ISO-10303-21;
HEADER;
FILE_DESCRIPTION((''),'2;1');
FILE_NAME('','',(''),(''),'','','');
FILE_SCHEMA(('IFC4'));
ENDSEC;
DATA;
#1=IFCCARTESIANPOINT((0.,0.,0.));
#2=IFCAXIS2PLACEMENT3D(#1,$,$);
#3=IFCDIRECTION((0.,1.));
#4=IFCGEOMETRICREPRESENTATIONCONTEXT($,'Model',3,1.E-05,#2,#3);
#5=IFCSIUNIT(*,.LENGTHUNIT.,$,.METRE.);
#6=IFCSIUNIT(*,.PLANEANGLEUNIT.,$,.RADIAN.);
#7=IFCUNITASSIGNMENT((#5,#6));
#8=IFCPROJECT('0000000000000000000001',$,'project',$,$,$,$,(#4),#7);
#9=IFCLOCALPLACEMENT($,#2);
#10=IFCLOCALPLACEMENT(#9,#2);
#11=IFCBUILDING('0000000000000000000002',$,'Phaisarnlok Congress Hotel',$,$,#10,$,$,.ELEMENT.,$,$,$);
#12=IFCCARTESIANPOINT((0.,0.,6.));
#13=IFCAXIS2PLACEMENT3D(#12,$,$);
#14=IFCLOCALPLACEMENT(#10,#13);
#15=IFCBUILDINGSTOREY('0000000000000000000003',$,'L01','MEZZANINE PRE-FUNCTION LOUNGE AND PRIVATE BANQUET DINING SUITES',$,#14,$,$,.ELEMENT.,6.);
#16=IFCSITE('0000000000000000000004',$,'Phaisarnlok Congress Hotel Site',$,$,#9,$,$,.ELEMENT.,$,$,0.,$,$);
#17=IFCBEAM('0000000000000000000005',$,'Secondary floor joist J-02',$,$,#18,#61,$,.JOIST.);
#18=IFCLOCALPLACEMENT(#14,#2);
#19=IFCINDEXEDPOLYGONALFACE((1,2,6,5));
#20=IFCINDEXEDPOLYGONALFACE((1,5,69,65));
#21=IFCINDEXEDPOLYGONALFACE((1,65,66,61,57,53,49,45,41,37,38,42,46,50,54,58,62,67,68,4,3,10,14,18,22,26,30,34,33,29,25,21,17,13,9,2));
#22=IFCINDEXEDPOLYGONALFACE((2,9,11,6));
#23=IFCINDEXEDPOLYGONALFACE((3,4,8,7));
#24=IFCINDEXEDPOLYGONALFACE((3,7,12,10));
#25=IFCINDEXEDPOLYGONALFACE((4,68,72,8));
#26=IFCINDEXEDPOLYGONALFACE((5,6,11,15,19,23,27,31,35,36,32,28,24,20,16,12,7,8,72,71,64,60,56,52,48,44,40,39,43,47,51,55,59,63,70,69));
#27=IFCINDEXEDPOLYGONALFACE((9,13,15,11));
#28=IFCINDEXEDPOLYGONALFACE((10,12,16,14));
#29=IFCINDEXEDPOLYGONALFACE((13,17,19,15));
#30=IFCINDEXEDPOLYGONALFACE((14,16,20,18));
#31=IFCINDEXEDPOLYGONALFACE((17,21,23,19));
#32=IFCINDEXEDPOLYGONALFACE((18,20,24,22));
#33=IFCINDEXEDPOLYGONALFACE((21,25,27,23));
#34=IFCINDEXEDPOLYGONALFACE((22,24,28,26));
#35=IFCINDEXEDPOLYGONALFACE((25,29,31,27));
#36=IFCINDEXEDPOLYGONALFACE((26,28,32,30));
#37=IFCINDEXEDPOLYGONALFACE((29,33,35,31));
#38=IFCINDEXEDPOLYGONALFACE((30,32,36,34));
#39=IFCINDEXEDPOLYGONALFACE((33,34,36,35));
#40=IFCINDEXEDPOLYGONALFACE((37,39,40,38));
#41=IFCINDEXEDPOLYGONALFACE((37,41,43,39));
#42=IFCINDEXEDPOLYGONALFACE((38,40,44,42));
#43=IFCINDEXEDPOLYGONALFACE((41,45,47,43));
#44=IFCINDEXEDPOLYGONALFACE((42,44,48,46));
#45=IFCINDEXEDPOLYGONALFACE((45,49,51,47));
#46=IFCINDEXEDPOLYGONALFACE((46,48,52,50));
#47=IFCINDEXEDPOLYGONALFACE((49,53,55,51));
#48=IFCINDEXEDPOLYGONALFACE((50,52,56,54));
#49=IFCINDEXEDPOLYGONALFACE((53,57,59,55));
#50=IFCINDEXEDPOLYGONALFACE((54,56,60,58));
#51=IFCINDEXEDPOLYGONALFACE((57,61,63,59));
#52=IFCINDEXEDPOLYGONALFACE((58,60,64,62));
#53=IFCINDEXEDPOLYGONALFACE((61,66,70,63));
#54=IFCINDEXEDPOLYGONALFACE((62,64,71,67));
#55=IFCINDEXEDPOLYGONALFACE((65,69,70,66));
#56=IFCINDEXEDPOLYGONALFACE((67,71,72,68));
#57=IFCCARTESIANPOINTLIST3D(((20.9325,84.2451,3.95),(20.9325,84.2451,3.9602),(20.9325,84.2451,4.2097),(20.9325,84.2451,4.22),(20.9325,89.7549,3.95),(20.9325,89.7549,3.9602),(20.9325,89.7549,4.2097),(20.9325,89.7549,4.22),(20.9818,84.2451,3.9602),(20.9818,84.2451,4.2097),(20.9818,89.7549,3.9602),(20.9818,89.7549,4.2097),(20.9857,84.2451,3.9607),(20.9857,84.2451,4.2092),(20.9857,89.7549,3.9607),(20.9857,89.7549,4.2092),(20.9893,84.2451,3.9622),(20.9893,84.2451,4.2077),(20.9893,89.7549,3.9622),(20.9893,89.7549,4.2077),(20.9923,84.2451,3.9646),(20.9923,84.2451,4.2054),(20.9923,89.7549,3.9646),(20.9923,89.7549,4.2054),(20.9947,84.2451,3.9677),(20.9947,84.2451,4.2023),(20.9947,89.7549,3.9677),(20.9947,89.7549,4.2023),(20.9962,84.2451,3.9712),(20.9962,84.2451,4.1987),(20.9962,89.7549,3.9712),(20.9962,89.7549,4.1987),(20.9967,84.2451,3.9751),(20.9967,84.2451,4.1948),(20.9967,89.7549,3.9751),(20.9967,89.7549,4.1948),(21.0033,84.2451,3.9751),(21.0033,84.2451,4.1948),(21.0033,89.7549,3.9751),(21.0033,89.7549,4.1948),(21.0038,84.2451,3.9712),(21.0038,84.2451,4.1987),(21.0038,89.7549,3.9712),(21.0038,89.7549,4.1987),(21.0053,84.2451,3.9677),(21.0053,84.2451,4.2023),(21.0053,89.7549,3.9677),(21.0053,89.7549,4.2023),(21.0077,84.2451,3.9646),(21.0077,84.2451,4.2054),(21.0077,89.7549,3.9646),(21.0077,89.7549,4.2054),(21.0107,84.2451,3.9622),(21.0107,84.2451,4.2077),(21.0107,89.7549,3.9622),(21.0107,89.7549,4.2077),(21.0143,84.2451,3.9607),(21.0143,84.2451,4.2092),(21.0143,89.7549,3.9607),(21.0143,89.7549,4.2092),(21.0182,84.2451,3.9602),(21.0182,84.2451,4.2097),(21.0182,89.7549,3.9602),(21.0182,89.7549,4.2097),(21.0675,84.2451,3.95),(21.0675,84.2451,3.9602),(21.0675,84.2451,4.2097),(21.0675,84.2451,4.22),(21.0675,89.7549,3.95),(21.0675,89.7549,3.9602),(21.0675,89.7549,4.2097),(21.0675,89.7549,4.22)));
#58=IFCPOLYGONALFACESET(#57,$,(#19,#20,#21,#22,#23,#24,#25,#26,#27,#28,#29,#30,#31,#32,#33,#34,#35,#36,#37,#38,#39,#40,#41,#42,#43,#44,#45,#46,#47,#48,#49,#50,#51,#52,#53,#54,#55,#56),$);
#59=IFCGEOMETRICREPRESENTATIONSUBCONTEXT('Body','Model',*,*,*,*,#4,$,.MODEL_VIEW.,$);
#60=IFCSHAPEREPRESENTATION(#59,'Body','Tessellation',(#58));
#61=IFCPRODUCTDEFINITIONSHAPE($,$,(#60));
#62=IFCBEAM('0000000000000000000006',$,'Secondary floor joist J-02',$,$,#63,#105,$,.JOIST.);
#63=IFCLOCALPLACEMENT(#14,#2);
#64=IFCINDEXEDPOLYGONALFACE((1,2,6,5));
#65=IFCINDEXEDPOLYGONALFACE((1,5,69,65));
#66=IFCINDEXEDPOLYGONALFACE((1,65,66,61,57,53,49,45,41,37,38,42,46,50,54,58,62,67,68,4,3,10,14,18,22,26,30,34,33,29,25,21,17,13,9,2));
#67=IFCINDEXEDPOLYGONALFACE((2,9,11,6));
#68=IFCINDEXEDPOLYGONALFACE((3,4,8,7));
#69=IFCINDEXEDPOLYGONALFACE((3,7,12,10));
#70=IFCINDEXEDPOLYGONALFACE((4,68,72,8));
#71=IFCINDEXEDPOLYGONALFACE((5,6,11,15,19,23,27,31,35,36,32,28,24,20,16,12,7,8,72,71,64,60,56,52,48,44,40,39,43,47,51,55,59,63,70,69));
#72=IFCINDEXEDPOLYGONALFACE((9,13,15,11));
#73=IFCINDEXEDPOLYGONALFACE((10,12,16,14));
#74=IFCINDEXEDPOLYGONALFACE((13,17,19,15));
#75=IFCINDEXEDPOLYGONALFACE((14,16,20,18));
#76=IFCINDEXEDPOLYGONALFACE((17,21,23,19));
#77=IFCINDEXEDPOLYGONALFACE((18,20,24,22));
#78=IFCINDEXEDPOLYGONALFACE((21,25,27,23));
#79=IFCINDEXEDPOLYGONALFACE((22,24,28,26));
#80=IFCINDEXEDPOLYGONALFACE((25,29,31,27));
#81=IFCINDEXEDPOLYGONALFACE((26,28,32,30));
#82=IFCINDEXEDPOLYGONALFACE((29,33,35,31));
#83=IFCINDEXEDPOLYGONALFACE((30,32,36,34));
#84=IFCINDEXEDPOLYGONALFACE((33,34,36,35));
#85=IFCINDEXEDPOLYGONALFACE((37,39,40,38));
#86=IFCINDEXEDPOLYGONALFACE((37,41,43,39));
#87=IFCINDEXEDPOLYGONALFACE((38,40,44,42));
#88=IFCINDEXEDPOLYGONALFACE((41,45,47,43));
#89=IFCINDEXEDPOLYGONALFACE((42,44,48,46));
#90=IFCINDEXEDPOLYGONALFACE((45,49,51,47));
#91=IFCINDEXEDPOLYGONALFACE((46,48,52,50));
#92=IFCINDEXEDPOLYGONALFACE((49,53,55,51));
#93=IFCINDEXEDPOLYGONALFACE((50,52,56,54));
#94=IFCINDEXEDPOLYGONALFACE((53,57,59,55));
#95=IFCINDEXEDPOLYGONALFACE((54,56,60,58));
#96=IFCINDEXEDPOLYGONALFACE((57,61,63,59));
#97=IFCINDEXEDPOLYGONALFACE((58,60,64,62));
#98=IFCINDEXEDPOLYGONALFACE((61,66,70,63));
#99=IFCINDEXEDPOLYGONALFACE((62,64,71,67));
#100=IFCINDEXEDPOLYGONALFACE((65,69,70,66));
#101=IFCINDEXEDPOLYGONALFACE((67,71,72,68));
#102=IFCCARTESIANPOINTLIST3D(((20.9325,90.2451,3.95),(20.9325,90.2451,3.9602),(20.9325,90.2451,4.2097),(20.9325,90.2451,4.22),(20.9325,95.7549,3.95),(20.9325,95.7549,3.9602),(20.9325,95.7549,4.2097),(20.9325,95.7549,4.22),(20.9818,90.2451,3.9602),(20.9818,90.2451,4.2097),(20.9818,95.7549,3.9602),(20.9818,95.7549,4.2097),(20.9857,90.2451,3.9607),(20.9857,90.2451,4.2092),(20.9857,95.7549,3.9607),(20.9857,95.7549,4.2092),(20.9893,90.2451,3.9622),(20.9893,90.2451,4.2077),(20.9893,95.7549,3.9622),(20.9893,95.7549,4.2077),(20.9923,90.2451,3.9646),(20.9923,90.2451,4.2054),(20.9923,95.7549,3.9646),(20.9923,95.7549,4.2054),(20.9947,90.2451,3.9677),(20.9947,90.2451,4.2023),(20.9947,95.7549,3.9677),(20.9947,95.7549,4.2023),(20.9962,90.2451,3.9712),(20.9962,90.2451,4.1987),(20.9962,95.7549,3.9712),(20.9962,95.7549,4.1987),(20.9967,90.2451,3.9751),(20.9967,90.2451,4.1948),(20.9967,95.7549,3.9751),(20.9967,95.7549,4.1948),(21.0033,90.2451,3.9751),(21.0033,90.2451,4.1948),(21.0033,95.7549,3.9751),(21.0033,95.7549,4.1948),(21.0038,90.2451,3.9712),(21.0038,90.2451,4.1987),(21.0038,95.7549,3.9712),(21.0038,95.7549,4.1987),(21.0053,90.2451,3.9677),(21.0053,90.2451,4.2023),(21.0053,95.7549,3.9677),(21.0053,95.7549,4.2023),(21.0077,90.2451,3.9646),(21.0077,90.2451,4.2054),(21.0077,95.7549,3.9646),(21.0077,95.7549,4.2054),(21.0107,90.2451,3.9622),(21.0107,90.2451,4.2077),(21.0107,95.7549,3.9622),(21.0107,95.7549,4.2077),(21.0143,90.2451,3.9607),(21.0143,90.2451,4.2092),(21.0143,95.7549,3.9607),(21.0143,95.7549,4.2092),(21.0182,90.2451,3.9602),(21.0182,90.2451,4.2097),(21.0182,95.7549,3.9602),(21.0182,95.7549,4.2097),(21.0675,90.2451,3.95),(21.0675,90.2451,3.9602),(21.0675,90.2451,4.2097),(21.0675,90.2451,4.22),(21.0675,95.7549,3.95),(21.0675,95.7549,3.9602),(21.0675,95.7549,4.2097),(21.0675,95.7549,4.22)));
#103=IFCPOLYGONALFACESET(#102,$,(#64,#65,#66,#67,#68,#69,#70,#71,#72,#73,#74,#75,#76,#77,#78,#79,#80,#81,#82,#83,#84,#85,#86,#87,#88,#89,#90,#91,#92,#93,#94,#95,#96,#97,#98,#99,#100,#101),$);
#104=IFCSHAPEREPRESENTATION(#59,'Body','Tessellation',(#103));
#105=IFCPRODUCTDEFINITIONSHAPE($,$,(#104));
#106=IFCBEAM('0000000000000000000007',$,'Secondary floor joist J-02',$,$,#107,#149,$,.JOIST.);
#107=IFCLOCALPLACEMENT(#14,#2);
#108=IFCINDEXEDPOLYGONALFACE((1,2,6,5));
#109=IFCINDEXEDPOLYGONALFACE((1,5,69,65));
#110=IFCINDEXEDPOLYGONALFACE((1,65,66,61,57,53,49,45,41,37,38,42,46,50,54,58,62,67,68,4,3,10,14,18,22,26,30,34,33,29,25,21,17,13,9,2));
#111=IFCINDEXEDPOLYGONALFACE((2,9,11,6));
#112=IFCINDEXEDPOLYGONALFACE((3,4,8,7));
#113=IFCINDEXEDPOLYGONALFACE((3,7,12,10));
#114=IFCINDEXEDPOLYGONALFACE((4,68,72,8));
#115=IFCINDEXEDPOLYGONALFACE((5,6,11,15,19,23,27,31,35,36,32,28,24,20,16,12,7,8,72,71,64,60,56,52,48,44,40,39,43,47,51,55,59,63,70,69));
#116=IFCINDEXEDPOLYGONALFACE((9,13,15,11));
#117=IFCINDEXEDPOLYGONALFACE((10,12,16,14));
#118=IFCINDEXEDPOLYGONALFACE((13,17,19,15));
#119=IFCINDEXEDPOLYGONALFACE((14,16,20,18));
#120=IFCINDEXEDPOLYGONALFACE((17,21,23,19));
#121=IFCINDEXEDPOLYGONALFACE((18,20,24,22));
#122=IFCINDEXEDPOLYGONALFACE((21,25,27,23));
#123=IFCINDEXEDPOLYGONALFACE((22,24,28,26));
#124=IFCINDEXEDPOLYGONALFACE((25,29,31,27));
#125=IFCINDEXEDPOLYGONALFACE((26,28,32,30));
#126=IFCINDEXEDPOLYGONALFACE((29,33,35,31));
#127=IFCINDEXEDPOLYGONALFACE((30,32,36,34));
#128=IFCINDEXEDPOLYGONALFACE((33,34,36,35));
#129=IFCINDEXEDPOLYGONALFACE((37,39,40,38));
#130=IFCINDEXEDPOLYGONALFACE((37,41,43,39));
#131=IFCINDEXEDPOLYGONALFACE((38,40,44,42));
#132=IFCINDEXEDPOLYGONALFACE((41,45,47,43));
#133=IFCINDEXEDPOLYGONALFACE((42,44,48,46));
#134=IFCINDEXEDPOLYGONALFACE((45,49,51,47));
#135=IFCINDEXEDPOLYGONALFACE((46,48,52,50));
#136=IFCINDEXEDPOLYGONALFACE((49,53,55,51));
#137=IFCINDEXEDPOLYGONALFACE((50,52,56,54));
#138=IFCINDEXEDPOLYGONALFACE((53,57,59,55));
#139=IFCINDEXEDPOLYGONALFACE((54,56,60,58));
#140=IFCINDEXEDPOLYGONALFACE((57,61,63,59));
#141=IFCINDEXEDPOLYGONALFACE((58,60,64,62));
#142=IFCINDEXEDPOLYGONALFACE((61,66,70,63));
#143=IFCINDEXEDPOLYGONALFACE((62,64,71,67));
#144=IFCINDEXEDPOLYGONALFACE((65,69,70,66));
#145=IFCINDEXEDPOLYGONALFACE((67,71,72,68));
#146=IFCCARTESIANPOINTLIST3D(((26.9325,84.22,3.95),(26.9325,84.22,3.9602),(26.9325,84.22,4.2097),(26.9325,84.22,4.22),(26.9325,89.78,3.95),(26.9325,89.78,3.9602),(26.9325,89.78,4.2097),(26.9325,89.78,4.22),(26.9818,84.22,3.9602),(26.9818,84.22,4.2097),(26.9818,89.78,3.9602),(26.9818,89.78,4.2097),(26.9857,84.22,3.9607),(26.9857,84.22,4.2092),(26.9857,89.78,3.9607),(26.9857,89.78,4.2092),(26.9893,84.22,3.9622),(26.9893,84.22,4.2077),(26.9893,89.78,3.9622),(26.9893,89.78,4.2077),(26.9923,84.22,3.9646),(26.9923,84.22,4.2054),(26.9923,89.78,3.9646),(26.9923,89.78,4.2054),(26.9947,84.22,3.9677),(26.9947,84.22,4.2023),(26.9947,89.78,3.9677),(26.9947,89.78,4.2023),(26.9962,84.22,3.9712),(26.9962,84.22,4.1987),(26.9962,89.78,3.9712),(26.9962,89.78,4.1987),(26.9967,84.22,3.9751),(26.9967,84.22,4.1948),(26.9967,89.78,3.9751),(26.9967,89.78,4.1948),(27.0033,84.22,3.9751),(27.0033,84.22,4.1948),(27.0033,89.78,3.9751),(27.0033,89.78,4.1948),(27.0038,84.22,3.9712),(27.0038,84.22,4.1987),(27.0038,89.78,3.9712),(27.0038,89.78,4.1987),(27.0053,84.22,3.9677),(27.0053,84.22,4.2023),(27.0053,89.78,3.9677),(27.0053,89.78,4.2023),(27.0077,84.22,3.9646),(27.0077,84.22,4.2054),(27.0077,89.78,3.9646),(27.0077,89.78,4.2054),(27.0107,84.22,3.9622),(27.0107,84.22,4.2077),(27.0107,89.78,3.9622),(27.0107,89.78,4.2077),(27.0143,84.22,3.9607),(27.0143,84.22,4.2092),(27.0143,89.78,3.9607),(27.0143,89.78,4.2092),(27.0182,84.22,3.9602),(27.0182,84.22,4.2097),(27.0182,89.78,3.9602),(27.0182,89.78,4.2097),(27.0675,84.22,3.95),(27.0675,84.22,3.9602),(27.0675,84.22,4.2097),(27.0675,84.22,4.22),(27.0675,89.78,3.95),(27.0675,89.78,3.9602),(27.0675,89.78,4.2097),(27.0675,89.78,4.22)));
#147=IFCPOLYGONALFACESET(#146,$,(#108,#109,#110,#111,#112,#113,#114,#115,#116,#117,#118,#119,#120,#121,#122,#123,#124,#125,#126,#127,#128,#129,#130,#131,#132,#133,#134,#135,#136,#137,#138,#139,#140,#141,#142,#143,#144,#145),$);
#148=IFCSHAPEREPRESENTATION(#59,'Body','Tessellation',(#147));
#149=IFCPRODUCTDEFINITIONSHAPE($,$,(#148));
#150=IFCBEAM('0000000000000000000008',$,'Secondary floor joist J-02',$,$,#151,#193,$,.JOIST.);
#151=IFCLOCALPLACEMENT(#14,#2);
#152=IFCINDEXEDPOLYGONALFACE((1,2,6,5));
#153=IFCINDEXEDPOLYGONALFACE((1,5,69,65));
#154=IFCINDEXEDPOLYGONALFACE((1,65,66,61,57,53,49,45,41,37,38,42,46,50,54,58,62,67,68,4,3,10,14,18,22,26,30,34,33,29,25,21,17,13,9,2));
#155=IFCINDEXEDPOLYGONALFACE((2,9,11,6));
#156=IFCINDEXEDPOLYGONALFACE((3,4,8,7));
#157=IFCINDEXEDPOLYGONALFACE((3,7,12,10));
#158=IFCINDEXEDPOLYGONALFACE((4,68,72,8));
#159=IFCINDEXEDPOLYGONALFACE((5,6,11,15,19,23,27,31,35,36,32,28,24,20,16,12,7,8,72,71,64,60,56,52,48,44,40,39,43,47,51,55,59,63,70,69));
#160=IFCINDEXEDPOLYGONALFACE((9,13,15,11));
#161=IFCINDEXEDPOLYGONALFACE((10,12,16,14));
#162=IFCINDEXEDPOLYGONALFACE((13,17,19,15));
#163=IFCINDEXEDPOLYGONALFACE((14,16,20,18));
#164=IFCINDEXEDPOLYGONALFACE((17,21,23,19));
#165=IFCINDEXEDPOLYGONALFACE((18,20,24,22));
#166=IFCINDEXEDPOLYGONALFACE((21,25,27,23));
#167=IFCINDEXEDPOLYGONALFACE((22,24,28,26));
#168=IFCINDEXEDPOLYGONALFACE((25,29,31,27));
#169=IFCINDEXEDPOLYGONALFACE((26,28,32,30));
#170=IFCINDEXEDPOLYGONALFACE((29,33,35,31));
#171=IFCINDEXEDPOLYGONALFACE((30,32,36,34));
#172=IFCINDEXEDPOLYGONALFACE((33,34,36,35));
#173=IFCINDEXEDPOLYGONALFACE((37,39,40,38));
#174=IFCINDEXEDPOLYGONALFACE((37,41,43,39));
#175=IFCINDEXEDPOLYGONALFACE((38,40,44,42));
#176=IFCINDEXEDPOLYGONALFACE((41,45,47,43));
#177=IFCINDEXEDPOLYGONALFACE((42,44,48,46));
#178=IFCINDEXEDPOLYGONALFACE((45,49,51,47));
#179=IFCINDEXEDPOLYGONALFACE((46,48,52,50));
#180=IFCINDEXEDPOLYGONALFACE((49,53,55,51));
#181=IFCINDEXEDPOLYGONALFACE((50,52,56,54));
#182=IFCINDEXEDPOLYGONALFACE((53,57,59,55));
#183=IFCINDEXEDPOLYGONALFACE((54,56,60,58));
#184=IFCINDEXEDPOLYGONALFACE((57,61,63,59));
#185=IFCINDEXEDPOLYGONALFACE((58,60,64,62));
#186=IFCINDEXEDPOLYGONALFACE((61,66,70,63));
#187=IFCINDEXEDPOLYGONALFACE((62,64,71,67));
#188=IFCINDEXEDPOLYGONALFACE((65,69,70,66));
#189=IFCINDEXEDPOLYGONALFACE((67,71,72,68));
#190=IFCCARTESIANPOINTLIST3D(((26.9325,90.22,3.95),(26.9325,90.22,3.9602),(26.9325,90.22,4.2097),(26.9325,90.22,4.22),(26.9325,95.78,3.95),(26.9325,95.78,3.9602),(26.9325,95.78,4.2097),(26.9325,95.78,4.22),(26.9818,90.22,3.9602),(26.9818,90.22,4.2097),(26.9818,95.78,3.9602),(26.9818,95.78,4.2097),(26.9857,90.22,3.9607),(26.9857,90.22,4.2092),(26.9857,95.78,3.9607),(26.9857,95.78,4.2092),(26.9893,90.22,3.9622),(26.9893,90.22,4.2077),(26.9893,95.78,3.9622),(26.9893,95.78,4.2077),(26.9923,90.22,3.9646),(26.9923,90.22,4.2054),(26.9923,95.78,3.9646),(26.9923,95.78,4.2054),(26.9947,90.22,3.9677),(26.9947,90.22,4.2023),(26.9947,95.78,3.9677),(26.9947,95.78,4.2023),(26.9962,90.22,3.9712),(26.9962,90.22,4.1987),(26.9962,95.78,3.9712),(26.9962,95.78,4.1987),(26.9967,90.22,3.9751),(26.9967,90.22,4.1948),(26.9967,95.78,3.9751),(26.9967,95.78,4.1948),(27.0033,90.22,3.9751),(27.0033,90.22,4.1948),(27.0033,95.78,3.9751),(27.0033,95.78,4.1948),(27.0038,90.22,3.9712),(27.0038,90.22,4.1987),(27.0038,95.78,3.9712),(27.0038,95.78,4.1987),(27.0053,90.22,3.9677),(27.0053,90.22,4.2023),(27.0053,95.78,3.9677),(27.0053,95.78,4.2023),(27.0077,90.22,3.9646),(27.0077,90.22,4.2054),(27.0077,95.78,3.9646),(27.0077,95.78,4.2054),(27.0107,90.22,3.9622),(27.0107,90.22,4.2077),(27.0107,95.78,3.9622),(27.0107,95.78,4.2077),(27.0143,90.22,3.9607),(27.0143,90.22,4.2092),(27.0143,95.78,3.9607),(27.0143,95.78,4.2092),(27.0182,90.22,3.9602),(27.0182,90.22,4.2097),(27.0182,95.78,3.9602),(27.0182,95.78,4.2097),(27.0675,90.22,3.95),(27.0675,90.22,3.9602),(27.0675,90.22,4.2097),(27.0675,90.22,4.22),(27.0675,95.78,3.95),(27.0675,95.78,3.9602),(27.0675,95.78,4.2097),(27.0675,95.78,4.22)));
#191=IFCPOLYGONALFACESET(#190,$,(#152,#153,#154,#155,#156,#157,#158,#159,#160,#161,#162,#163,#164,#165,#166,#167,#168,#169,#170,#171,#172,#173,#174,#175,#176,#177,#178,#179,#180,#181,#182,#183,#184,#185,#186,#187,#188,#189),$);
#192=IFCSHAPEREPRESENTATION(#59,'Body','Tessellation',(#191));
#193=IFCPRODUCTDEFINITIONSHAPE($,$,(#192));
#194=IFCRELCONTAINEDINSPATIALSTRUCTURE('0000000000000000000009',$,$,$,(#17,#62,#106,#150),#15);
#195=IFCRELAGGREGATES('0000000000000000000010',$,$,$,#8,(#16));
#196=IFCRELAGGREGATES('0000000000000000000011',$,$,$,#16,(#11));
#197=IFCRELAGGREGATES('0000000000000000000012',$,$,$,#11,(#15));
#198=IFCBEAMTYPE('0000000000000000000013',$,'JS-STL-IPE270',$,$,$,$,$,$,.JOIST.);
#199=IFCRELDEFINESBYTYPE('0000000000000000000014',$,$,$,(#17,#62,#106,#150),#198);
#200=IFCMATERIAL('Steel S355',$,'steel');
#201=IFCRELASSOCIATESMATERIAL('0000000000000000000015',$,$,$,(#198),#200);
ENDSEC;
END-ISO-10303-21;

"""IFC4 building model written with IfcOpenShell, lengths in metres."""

from ifc_helpers import new_model, si_unit, direction, frame, origin, origin_2d, place, context, subcontext, project, spatial, i_section, extrude, material, material_profile, profile_set, type_object, element, save


model = new_model("IFC4")

# Units and contexts
model_context = context("Model", 3, precision=1e-05, world=origin(), true_north=direction((0.0, 1.0)))
body_context = subcontext(model_context, "Body", "Model", "MODEL_VIEW")
ifc_project = project(units=[si_unit("LENGTHUNIT", "METRE"), si_unit("PLANEANGLEUNIT", "RADIAN")], contexts=[model_context])

# Site, building, storey
site_placement = place(None, origin())
site = spatial("IfcSite", under=ifc_project, at=site_placement, Name="Phaisarnlok Congress Hotel Site", CompositionType="ELEMENT", RefElevation=0.0)
building_placement = place(site_placement, origin())
building = spatial("IfcBuilding", under=site, at=building_placement, Name="Phaisarnlok Congress Hotel", CompositionType="ELEMENT")
storey_placement = place(building_placement, frame((0.0, 0.0, 6.0)))
storey = spatial("IfcBuildingStorey", under=building, at=storey_placement, Name="L01", Description="MEZZANINE PRE-FUNCTION LOUNGE AND PRIVATE BANQUET DINING SUITES", CompositionType="ELEMENT", Elevation=6.0)

# Shared definitions
ifc_material_1 = material(Name="Steel S355", Category="steel")

# Beams
ifc_material_profile_1 = material_profile(ifc_material_1, i_section(OverallWidth=0.135, OverallDepth=0.27, WebThickness=0.0066, FlangeThickness=0.0103, FilletRadius=0.0149, at=origin_2d()), Name="IPE 270")
ifc_profile_set_1 = profile_set([ifc_material_profile_1], Name="Steel S355")
beam_type_1 = type_object("IfcBeamType", Name="JS-STL-IPE270", PredefinedType="JOIST", material=ifc_profile_set_1)
for number, where, z_axis, x_axis, name in (
    (1, (21.0, 84.2451, 4.085), (0.0, 1.0, 0.0), (-1.0, 0.0, 0.0), "Secondary floor joist J-02"),
    (2, (21.0, 90.2451, 4.085), (0.0, 1.0, 0.0), (-1.0, 0.0, 0.0), "Secondary floor joist J-02"),
):
    element("IfcBeam", number, at=place(storey_placement, frame(where, z_axis=z_axis, x_axis=x_axis)), inside=storey, type_object=beam_type_1, Name=name, PredefinedType="JOIST", context=body_context, shape_type="SweptSolid", body=[
        extrude(i_section(OverallWidth=0.135, OverallDepth=0.27, WebThickness=0.0066, FlangeThickness=0.0103, FilletRadius=0.0149, at=origin_2d()), origin(), (0.0, 0.0, 1.0), 5.5098),
    ])
for number, where, z_axis, x_axis, name in (
    (3, (27.0, 84.22, 4.085), (0.0, 1.0, 0.0), (-1.0, 0.0, 0.0), "Secondary floor joist J-02"),
    (4, (27.0, 90.22, 4.085), (0.0, 1.0, 0.0), (-1.0, 0.0, 0.0), "Secondary floor joist J-02"),
):
    element("IfcBeam", number, at=place(storey_placement, frame(where, z_axis=z_axis, x_axis=x_axis)), inside=storey, type_object=beam_type_1, Name=name, PredefinedType="JOIST", context=body_context, shape_type="SweptSolid", body=[
        extrude(i_section(OverallWidth=0.135, OverallDepth=0.27, WebThickness=0.0066, FlangeThickness=0.0103, FilletRadius=0.0149, at=origin_2d()), origin(), (0.0, 0.0, 1.0), 5.5601),
    ])

save(model, "model.ifc")
